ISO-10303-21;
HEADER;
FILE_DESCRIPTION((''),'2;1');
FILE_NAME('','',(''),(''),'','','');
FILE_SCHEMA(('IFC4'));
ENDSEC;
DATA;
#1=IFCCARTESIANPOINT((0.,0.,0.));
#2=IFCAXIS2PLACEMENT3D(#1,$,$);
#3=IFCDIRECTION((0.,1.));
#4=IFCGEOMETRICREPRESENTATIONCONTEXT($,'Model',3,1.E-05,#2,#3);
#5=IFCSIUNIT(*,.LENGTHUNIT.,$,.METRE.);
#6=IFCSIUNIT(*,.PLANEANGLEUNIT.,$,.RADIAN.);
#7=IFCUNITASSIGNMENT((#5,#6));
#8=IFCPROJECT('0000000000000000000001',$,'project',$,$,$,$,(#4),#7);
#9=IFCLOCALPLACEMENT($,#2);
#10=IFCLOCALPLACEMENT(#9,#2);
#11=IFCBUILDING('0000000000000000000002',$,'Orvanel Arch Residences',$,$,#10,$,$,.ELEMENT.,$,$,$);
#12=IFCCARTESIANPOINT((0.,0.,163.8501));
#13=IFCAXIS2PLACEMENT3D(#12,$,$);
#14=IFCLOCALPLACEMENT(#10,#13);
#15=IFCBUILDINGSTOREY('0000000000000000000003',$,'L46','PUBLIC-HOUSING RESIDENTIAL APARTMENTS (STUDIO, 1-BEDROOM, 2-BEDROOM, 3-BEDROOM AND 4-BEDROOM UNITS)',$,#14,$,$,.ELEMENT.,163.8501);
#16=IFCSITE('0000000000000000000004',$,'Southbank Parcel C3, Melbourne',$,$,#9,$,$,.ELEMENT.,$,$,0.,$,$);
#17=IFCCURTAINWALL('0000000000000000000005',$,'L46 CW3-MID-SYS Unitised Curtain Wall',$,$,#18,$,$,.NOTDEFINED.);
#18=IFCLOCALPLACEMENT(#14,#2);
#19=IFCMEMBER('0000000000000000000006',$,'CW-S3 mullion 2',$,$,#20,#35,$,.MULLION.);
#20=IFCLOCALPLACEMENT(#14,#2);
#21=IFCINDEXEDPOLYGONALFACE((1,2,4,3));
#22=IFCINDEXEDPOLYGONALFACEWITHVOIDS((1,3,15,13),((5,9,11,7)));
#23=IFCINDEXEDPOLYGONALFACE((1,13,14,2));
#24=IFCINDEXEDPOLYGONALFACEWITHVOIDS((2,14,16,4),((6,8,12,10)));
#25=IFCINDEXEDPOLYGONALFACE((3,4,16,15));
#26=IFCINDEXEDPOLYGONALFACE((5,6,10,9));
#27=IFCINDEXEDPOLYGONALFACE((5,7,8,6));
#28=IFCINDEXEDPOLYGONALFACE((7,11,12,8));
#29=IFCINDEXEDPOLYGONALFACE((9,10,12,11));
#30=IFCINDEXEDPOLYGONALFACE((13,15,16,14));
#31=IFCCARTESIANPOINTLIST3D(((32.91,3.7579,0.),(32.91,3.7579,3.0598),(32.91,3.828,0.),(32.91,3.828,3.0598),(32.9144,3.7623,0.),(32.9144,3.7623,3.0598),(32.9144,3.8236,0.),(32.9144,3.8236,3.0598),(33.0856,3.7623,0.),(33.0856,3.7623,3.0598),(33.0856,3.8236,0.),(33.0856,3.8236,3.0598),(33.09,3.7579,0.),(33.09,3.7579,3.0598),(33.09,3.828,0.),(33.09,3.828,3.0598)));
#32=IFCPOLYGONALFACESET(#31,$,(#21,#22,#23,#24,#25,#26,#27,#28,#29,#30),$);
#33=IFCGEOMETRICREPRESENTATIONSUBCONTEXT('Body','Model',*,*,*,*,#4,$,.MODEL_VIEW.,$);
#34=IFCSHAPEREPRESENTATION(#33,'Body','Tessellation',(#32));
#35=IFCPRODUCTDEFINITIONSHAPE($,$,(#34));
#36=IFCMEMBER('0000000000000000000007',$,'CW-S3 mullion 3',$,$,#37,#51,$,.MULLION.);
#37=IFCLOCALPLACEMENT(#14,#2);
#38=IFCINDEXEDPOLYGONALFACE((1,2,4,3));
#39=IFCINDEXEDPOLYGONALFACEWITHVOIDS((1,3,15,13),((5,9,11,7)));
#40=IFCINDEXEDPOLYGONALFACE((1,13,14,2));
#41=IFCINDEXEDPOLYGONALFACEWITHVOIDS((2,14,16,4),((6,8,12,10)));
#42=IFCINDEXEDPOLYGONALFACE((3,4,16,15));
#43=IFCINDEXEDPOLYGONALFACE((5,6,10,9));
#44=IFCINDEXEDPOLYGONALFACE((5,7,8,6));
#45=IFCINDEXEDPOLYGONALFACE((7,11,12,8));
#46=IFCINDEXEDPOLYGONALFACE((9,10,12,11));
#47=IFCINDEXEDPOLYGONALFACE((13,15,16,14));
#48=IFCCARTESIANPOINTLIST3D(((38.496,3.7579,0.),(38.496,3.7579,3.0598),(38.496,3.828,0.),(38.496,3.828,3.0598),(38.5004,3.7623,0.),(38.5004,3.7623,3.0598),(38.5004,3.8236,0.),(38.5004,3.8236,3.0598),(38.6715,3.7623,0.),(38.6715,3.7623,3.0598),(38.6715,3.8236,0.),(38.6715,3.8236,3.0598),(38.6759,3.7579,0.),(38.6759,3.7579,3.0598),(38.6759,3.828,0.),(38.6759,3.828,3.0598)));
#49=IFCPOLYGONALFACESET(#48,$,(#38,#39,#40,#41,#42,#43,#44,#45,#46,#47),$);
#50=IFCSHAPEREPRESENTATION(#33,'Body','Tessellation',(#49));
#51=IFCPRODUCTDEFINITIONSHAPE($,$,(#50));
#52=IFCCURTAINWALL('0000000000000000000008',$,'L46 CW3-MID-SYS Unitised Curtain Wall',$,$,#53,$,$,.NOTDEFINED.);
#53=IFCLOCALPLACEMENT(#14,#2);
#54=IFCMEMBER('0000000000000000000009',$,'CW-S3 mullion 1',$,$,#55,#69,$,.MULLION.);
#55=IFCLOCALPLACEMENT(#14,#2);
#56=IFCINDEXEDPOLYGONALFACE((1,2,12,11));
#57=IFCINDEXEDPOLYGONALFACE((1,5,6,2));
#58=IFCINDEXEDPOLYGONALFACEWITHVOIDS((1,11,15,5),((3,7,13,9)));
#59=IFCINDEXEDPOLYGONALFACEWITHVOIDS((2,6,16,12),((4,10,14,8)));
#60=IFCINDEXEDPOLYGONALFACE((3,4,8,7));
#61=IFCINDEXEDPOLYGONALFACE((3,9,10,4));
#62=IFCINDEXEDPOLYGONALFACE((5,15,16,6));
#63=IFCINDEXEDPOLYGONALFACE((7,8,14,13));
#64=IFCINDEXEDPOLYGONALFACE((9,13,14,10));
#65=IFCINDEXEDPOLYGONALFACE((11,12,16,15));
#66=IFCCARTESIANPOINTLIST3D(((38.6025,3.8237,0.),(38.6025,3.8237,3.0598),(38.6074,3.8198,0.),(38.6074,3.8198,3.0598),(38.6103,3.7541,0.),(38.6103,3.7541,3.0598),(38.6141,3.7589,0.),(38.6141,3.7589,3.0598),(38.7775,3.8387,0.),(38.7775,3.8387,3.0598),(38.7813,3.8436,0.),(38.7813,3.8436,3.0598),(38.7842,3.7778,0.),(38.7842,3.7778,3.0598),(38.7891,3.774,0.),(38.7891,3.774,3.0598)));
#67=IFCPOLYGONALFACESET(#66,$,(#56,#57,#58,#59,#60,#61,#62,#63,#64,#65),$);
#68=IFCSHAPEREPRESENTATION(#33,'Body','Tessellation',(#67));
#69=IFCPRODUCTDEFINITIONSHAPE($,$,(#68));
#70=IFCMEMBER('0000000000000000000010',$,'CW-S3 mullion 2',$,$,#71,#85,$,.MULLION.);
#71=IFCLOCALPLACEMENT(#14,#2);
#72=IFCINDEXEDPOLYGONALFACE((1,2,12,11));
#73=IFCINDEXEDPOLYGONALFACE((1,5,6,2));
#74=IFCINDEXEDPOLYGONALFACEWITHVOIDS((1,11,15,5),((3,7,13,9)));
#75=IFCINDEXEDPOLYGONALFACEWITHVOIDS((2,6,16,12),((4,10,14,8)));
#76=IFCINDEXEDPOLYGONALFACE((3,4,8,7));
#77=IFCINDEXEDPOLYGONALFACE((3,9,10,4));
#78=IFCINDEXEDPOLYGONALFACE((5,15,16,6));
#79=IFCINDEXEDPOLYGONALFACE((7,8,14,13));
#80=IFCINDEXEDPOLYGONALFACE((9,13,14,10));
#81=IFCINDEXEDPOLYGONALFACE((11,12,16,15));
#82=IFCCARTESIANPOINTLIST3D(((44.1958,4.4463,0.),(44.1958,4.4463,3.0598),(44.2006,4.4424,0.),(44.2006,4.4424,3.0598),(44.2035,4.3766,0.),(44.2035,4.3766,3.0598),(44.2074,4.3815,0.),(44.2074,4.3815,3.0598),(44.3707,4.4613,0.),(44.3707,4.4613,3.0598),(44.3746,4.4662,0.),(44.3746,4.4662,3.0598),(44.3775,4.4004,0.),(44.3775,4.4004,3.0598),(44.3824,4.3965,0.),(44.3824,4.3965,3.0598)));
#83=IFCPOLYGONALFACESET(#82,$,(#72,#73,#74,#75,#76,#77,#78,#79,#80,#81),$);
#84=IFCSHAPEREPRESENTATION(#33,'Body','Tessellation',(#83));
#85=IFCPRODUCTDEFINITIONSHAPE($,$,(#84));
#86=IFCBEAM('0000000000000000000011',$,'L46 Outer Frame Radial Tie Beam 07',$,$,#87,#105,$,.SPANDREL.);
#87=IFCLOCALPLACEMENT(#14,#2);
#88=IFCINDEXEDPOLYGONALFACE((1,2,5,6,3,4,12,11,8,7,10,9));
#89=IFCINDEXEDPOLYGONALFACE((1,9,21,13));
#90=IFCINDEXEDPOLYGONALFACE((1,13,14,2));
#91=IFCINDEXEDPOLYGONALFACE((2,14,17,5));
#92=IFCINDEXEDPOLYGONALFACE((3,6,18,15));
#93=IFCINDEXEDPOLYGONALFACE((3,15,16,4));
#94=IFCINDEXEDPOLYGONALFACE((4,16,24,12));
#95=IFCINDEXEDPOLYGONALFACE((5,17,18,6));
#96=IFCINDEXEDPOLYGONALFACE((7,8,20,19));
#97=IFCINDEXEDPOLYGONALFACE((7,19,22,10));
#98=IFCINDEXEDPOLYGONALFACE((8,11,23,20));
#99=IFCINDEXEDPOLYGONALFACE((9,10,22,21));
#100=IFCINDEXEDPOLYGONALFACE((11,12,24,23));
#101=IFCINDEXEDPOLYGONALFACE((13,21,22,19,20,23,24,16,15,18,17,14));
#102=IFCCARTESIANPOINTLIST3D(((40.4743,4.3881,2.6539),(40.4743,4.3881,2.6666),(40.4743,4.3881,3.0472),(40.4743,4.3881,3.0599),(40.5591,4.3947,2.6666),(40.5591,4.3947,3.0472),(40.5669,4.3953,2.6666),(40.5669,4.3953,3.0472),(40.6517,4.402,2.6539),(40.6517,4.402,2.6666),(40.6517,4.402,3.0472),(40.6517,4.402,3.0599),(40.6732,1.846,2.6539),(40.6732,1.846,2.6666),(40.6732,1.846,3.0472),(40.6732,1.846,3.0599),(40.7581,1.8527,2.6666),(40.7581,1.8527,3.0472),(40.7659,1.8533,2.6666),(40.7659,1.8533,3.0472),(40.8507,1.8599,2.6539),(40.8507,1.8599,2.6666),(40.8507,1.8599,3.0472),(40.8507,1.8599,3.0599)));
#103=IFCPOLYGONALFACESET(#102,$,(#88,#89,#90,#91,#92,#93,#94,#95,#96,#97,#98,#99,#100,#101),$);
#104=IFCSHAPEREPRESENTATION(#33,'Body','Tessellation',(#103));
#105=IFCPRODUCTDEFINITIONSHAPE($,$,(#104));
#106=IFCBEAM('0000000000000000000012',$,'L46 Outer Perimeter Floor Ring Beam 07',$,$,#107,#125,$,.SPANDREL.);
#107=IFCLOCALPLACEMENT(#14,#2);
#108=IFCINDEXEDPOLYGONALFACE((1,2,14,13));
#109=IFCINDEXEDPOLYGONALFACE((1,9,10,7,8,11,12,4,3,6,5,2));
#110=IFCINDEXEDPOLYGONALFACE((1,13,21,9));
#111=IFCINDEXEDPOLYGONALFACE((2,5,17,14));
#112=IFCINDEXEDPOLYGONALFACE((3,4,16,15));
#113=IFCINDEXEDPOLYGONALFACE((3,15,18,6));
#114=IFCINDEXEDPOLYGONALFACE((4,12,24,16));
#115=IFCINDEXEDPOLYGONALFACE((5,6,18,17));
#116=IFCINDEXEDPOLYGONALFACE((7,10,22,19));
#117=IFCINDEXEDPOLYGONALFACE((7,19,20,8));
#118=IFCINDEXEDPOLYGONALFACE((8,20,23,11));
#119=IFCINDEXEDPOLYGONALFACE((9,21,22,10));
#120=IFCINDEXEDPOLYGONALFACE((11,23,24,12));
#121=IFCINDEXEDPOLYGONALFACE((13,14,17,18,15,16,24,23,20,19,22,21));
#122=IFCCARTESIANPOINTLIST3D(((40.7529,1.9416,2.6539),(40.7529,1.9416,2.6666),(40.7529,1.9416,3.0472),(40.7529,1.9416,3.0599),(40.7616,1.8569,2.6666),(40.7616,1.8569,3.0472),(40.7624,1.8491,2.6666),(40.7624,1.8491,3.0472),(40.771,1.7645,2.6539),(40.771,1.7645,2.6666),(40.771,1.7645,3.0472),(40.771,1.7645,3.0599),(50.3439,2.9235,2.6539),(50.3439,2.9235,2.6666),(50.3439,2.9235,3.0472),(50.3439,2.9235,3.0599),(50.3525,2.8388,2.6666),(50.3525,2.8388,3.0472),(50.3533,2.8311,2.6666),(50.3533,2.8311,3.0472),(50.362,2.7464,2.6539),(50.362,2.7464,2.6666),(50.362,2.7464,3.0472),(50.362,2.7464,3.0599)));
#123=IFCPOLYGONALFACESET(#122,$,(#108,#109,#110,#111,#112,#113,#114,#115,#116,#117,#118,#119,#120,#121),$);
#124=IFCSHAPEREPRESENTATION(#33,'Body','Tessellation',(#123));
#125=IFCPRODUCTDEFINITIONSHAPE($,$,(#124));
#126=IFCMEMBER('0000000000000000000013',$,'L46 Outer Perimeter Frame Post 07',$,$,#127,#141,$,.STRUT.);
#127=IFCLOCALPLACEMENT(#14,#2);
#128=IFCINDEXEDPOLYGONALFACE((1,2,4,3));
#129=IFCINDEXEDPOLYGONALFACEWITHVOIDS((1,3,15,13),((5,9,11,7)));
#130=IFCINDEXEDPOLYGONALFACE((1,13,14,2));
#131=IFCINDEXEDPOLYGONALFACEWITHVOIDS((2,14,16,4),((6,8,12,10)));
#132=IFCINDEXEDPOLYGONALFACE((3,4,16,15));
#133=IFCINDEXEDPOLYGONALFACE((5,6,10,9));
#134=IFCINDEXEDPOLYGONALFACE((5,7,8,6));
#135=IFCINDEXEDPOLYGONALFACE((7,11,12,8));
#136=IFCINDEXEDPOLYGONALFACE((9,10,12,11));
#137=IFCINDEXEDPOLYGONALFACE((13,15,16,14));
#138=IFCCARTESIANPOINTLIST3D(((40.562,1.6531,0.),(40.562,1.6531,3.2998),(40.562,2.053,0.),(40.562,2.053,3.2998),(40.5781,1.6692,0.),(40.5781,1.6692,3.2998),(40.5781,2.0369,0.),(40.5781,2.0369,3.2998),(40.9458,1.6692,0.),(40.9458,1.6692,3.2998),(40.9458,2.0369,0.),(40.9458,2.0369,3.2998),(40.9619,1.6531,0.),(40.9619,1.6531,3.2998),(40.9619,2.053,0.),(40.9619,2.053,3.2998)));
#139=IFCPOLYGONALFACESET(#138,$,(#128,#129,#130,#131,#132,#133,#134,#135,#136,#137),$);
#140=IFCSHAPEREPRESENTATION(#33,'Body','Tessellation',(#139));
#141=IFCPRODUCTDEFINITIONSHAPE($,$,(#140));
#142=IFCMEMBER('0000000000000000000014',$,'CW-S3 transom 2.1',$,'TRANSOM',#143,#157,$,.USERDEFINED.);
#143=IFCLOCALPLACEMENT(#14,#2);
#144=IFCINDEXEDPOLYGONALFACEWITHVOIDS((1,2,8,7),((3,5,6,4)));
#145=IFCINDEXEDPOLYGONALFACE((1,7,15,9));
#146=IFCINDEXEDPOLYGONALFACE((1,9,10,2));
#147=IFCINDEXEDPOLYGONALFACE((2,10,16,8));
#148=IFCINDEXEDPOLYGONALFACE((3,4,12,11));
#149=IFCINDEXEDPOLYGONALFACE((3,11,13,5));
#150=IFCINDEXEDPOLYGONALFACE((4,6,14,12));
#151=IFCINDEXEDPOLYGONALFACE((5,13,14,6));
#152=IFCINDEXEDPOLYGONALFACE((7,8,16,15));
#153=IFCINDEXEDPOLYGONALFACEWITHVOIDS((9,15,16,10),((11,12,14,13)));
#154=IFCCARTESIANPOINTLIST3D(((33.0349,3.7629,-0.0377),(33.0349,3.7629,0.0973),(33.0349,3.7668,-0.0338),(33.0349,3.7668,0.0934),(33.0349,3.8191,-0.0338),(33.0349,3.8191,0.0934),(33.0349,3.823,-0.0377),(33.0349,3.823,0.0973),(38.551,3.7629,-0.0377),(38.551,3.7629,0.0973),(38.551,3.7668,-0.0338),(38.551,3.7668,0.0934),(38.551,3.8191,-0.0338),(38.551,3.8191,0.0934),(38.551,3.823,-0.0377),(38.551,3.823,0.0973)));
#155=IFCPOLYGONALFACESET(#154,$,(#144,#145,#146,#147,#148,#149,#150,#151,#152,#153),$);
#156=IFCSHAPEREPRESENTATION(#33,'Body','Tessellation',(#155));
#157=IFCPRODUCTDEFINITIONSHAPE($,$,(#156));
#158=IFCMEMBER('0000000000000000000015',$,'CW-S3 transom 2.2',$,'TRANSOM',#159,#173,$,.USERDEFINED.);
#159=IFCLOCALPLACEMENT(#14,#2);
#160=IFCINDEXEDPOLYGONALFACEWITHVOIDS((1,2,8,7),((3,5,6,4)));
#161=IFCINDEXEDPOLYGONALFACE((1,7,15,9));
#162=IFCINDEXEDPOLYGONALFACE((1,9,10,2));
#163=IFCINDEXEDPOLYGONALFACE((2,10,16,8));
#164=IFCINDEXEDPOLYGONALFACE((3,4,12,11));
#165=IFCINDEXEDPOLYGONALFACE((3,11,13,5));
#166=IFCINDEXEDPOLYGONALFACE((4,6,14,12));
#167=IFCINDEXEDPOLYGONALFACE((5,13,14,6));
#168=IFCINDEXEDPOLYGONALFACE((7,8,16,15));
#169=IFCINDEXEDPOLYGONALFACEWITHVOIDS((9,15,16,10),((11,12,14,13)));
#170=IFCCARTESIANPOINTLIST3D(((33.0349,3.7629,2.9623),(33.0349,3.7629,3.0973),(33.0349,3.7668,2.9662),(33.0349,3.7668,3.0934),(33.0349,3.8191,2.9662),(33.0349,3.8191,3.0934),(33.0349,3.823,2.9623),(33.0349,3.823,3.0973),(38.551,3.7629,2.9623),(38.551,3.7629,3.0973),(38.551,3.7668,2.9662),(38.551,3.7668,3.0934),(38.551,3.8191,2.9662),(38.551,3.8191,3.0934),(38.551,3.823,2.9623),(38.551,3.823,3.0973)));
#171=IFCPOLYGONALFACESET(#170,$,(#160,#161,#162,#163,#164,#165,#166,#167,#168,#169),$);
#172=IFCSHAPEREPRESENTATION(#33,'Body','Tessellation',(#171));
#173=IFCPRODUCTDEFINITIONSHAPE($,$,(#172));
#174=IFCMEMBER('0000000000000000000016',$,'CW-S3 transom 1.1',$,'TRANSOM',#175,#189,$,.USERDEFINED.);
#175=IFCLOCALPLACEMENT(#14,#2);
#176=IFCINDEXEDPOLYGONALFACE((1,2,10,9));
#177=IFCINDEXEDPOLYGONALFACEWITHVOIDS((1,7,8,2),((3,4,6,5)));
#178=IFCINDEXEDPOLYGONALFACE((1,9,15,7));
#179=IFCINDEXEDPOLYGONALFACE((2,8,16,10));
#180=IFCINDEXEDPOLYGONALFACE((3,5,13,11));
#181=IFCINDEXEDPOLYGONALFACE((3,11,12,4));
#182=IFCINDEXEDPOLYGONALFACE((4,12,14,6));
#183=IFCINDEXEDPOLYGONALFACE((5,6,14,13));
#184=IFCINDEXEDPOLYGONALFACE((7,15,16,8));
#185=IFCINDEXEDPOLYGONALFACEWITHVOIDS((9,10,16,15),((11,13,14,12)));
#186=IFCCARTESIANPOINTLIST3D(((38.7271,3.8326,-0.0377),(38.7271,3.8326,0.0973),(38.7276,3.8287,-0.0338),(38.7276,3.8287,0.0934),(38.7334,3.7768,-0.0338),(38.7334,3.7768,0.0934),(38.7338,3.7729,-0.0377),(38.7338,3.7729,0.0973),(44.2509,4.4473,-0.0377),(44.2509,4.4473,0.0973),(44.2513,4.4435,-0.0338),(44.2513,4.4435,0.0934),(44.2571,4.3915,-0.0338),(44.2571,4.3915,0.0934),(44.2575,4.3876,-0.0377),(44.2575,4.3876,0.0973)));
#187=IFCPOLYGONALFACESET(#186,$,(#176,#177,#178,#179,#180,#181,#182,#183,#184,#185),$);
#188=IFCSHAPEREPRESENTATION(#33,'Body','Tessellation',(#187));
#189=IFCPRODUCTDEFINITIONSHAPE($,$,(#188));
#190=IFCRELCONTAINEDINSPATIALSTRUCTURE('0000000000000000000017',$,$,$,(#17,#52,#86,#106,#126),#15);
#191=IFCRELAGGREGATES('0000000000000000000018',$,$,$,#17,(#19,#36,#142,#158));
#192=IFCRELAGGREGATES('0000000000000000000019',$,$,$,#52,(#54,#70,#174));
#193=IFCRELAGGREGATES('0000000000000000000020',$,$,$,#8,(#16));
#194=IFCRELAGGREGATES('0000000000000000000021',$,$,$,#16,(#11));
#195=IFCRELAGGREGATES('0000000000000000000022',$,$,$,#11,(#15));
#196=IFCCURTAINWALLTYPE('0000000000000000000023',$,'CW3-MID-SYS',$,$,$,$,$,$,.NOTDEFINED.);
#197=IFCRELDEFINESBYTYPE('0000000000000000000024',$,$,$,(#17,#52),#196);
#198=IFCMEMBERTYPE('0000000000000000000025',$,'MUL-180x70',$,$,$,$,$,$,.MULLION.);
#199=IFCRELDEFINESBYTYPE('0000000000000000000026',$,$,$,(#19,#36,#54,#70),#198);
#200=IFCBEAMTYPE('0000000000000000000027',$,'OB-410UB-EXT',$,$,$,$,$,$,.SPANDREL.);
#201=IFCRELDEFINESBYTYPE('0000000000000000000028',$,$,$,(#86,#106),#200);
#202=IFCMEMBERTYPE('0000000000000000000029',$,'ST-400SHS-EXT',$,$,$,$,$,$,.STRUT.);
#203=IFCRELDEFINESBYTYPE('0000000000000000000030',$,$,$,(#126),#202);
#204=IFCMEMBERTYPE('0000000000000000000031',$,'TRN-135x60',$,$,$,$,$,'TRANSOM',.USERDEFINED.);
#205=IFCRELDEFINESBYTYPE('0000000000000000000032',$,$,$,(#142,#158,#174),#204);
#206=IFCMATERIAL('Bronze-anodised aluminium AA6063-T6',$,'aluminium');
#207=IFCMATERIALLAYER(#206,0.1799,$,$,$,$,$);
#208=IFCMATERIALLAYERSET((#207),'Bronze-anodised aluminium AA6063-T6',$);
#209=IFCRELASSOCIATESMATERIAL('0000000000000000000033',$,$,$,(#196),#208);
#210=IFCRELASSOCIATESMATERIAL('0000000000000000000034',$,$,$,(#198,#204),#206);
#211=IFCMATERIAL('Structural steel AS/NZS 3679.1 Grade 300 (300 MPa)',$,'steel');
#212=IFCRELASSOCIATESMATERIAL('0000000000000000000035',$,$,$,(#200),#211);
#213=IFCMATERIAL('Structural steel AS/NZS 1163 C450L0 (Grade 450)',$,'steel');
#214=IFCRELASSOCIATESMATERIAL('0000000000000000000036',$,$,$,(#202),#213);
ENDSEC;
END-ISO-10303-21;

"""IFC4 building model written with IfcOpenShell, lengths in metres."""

from ifc_helpers import new_model, si_unit, direction, frame, origin, origin_2d, place, context, subcontext, project, spatial, hollow_rectangle, i_section, extrude, material, layer, layer_set, material_profile, profile_set, type_object, element, aggregate, save


model = new_model("IFC4")

# Units and contexts
model_context = context("Model", 3, precision=1e-05, world=origin(), true_north=direction((0.0, 1.0)))
body_context = subcontext(model_context, "Body", "Model", "MODEL_VIEW")
ifc_project = project(units=[si_unit("LENGTHUNIT", "METRE"), si_unit("PLANEANGLEUNIT", "RADIAN")], contexts=[model_context])

# Site, building, storey
site_placement = place(None, origin())
site = spatial("IfcSite", under=ifc_project, at=site_placement, Name="Southbank Parcel C3, Melbourne", CompositionType="ELEMENT", RefElevation=0.0)
building_placement = place(site_placement, origin())
building = spatial("IfcBuilding", under=site, at=building_placement, Name="Orvanel Arch Residences", CompositionType="ELEMENT")
storey_placement = place(building_placement, frame((0.0, 0.0, 163.8501)))
storey = spatial("IfcBuildingStorey", under=building, at=storey_placement, Name="L46", Description="PUBLIC-HOUSING RESIDENTIAL APARTMENTS (STUDIO, 1-BEDROOM, 2-BEDROOM, 3-BEDROOM AND 4-BEDROOM UNITS)", CompositionType="ELEMENT", Elevation=163.8501)

# Curtain walls, members
ifc_material_1 = material(Name="Bronze-anodised aluminium AA6063-T6", Category="aluminium")
ifc_layer_1 = layer(ifc_material_1, 0.1799)
ifc_layer_set_1 = layer_set([ifc_layer_1], Name="Bronze-anodised aluminium AA6063-T6")
curtain_wall_type = type_object("IfcCurtainWallType", Name="CW3-MID-SYS", PredefinedType="NOTDEFINED", material=ifc_layer_set_1)
curtain_wall_1_placement = place(storey_placement, origin())
curtain_wall_1 = element("IfcCurtainWall", 1, at=curtain_wall_1_placement, inside=storey, type_object=curtain_wall_type, Name="L46 CW3-MID-SYS Unitised Curtain Wall", PredefinedType="NOTDEFINED")
ifc_material_profile_1 = material_profile(ifc_material_1, hollow_rectangle(XDim=0.0701, YDim=0.1799, WallThickness=0.0044, at=origin_2d()), Name="ALU180x70x4.5")
ifc_profile_set_1 = profile_set([ifc_material_profile_1], Name="Bronze-anodised aluminium AA6063-T6")
member_type_1 = type_object("IfcMemberType", Name="MUL-180x70", PredefinedType="MULLION", material=ifc_profile_set_1)
member_1_placement = place(storey_placement, frame((33.0, 3.793, 0.0), z_axis=(0.0, 0.0, 1.0), x_axis=(0.0, 1.0, 0.0)))
member_1 = element("IfcMember", 2, at=member_1_placement, type_object=member_type_1, Name="CW-S3 mullion 2", PredefinedType="MULLION", context=body_context, shape_type="SweptSolid", body=[
    extrude(hollow_rectangle(XDim=0.0701, YDim=0.1799, WallThickness=0.0044, at=origin_2d()), origin(), (0.0, 0.0, 1.0), 3.0598),
])
member_2_placement = place(storey_placement, frame((38.5859, 3.793, 0.0), z_axis=(0.0, 0.0, 1.0), x_axis=(0.0, 1.0, 0.0)))
member_2 = element("IfcMember", 3, at=member_2_placement, type_object=member_type_1, Name="CW-S3 mullion 3", PredefinedType="MULLION", context=body_context, shape_type="SweptSolid", body=[
    extrude(hollow_rectangle(XDim=0.0701, YDim=0.1799, WallThickness=0.0044, at=origin_2d()), origin(), (0.0, 0.0, 1.0), 3.0598),
])
curtain_wall_2_placement = place(storey_placement, origin())
curtain_wall_2 = element("IfcCurtainWall", 4, at=curtain_wall_2_placement, inside=storey, type_object=curtain_wall_type, Name="L46 CW3-MID-SYS Unitised Curtain Wall", PredefinedType="NOTDEFINED")
member_3_placement = place(storey_placement, frame((38.6958, 3.7988, 0.0), z_axis=(0.0, 0.0, 1.0), x_axis=(-0.110606, 0.993864, 0.0)))
member_3 = element("IfcMember", 5, at=member_3_placement, type_object=member_type_1, Name="CW-S3 mullion 1", PredefinedType="MULLION", context=body_context, shape_type="SweptSolid", body=[
    extrude(hollow_rectangle(XDim=0.0701, YDim=0.1799, WallThickness=0.0044, at=origin_2d()), origin(), (0.0, 0.0, 1.0), 3.0598),
])
member_4_placement = place(storey_placement, frame((44.2891, 4.4214, 0.0), z_axis=(0.0, 0.0, 1.0), x_axis=(-0.110606, 0.993864, 0.0)))
member_4 = element("IfcMember", 6, at=member_4_placement, type_object=member_type_1, Name="CW-S3 mullion 2", PredefinedType="MULLION", context=body_context, shape_type="SweptSolid", body=[
    extrude(hollow_rectangle(XDim=0.0701, YDim=0.1799, WallThickness=0.0044, at=origin_2d()), origin(), (0.0, 0.0, 1.0), 3.0598),
])

# Beams
ifc_material_2 = material(Name="Structural steel AS/NZS 3679.1 Grade 300 (300 MPa)", Category="steel")
ifc_material_profile_2 = material_profile(ifc_material_2, i_section(OverallWidth=0.178, OverallDepth=0.406, WebThickness=0.0078, FlangeThickness=0.0127, at=origin_2d()), Name="410UB59.7")
ifc_profile_set_2 = profile_set([ifc_material_profile_2], Name="Structural steel AS/NZS 3679.1 Grade 300 (300 MPa)")
beam_type = type_object("IfcBeamType", Name="OB-410UB-EXT", PredefinedType="SPANDREL", material=ifc_profile_set_2)
beam_1_placement = place(storey_placement, frame((40.563, 4.395, 2.8569), z_axis=(0.078036, -0.996951, 0.0), x_axis=(0.996951, 0.078036, 0.0)))
element("IfcBeam", 7, at=beam_1_placement, inside=storey, type_object=beam_type, Name="L46 Outer Frame Radial Tie Beam 07", PredefinedType="SPANDREL", context=body_context, shape_type="SweptSolid", body=[
    extrude(i_section(OverallWidth=0.178, OverallDepth=0.406, WebThickness=0.0078, FlangeThickness=0.0127, at=origin_2d()), origin(), (0.0, 0.0, 1.0), 2.5498),
])
beam_2_placement = place(storey_placement, frame((40.762, 1.853, 2.8569), z_axis=(0.9948, 0.101848, 0.0), x_axis=(-0.101848, 0.9948, 0.0)))
element("IfcBeam", 8, at=beam_2_placement, inside=storey, type_object=beam_type, Name="L46 Outer Perimeter Floor Ring Beam 07", PredefinedType="SPANDREL", context=body_context, shape_type="SweptSolid", body=[
    extrude(i_section(OverallWidth=0.178, OverallDepth=0.406, WebThickness=0.0078, FlangeThickness=0.0127, at=origin_2d()), origin(), (0.0, 0.0, 1.0), 9.6411),
])

# Members
ifc_material_3 = material(Name="Structural steel AS/NZS 1163 C450L0 (Grade 450)", Category="steel")
ifc_material_profile_3 = material_profile(ifc_material_3, hollow_rectangle(XDim=0.3999, YDim=0.3999, WallThickness=0.0161, at=origin_2d()), Name="SHS400x400x16")
ifc_profile_set_3 = profile_set([ifc_material_profile_3], Name="Structural steel AS/NZS 1163 C450L0 (Grade 450)")
member_type_2 = type_object("IfcMemberType", Name="ST-400SHS-EXT", PredefinedType="STRUT", material=ifc_profile_set_3)
member_5_placement = place(storey_placement, frame((40.762, 1.853, 0.0), z_axis=(0.0, 0.0, 1.0), x_axis=(1.0, 0.0, 0.0)))
element("IfcMember", 9, at=member_5_placement, inside=storey, type_object=member_type_2, Name="L46 Outer Perimeter Frame Post 07", PredefinedType="STRUT", context=body_context, shape_type="SweptSolid", body=[
    extrude(hollow_rectangle(XDim=0.3999, YDim=0.3999, WallThickness=0.0161, at=origin_2d()), origin(), (0.0, 0.0, 1.0), 3.2998),
])
ifc_material_profile_4 = material_profile(ifc_material_1, hollow_rectangle(XDim=0.0601, YDim=0.135, WallThickness=0.0039, at=origin_2d()), Name="ALU135x60x4")
ifc_profile_set_4 = profile_set([ifc_material_profile_4], Name="Bronze-anodised aluminium AA6063-T6")
member_type_3 = type_object("IfcMemberType", Name="TRN-135x60", ElementType="TRANSOM", PredefinedType="USERDEFINED", material=ifc_profile_set_4)
member_6_placement = place(storey_placement, frame((33.0349, 3.793, 0.0298), z_axis=(1.0, 0.0, 0.0), x_axis=(0.0, 1.0, 0.0)))
member_6 = element("IfcMember", 10, at=member_6_placement, type_object=member_type_3, Name="CW-S3 transom 2.1", ObjectType="TRANSOM", PredefinedType="USERDEFINED", context=body_context, shape_type="SweptSolid", body=[
    extrude(hollow_rectangle(XDim=0.0601, YDim=0.135, WallThickness=0.0039, at=origin_2d()), origin(), (0.0, 0.0, 1.0), 5.5161),
])
member_7_placement = place(storey_placement, frame((33.0349, 3.793, 3.0298), z_axis=(1.0, 0.0, 0.0), x_axis=(0.0, 1.0, 0.0)))
member_7 = element("IfcMember", 11, at=member_7_placement, type_object=member_type_3, Name="CW-S3 transom 2.2", ObjectType="TRANSOM", PredefinedType="USERDEFINED", context=body_context, shape_type="SweptSolid", body=[
    extrude(hollow_rectangle(XDim=0.0601, YDim=0.135, WallThickness=0.0039, at=origin_2d()), origin(), (0.0, 0.0, 1.0), 5.5161),
])
member_8_placement = place(storey_placement, frame((38.7305, 3.8027, 0.0298), z_axis=(0.993864, 0.11061, 0.0), x_axis=(-0.11061, 0.993864, 0.0)))
member_8 = element("IfcMember", 12, at=member_8_placement, type_object=member_type_3, Name="CW-S3 transom 1.1", ObjectType="TRANSOM", PredefinedType="USERDEFINED", context=body_context, shape_type="SweptSolid", body=[
    extrude(hollow_rectangle(XDim=0.0601, YDim=0.135, WallThickness=0.0039, at=origin_2d()), origin(), (0.0, 0.0, 1.0), 5.5579),
])

aggregate(curtain_wall_1, [member_1, member_2, member_6, member_7])
aggregate(curtain_wall_2, [member_3, member_4, member_8])

save(model, "model.ifc")
